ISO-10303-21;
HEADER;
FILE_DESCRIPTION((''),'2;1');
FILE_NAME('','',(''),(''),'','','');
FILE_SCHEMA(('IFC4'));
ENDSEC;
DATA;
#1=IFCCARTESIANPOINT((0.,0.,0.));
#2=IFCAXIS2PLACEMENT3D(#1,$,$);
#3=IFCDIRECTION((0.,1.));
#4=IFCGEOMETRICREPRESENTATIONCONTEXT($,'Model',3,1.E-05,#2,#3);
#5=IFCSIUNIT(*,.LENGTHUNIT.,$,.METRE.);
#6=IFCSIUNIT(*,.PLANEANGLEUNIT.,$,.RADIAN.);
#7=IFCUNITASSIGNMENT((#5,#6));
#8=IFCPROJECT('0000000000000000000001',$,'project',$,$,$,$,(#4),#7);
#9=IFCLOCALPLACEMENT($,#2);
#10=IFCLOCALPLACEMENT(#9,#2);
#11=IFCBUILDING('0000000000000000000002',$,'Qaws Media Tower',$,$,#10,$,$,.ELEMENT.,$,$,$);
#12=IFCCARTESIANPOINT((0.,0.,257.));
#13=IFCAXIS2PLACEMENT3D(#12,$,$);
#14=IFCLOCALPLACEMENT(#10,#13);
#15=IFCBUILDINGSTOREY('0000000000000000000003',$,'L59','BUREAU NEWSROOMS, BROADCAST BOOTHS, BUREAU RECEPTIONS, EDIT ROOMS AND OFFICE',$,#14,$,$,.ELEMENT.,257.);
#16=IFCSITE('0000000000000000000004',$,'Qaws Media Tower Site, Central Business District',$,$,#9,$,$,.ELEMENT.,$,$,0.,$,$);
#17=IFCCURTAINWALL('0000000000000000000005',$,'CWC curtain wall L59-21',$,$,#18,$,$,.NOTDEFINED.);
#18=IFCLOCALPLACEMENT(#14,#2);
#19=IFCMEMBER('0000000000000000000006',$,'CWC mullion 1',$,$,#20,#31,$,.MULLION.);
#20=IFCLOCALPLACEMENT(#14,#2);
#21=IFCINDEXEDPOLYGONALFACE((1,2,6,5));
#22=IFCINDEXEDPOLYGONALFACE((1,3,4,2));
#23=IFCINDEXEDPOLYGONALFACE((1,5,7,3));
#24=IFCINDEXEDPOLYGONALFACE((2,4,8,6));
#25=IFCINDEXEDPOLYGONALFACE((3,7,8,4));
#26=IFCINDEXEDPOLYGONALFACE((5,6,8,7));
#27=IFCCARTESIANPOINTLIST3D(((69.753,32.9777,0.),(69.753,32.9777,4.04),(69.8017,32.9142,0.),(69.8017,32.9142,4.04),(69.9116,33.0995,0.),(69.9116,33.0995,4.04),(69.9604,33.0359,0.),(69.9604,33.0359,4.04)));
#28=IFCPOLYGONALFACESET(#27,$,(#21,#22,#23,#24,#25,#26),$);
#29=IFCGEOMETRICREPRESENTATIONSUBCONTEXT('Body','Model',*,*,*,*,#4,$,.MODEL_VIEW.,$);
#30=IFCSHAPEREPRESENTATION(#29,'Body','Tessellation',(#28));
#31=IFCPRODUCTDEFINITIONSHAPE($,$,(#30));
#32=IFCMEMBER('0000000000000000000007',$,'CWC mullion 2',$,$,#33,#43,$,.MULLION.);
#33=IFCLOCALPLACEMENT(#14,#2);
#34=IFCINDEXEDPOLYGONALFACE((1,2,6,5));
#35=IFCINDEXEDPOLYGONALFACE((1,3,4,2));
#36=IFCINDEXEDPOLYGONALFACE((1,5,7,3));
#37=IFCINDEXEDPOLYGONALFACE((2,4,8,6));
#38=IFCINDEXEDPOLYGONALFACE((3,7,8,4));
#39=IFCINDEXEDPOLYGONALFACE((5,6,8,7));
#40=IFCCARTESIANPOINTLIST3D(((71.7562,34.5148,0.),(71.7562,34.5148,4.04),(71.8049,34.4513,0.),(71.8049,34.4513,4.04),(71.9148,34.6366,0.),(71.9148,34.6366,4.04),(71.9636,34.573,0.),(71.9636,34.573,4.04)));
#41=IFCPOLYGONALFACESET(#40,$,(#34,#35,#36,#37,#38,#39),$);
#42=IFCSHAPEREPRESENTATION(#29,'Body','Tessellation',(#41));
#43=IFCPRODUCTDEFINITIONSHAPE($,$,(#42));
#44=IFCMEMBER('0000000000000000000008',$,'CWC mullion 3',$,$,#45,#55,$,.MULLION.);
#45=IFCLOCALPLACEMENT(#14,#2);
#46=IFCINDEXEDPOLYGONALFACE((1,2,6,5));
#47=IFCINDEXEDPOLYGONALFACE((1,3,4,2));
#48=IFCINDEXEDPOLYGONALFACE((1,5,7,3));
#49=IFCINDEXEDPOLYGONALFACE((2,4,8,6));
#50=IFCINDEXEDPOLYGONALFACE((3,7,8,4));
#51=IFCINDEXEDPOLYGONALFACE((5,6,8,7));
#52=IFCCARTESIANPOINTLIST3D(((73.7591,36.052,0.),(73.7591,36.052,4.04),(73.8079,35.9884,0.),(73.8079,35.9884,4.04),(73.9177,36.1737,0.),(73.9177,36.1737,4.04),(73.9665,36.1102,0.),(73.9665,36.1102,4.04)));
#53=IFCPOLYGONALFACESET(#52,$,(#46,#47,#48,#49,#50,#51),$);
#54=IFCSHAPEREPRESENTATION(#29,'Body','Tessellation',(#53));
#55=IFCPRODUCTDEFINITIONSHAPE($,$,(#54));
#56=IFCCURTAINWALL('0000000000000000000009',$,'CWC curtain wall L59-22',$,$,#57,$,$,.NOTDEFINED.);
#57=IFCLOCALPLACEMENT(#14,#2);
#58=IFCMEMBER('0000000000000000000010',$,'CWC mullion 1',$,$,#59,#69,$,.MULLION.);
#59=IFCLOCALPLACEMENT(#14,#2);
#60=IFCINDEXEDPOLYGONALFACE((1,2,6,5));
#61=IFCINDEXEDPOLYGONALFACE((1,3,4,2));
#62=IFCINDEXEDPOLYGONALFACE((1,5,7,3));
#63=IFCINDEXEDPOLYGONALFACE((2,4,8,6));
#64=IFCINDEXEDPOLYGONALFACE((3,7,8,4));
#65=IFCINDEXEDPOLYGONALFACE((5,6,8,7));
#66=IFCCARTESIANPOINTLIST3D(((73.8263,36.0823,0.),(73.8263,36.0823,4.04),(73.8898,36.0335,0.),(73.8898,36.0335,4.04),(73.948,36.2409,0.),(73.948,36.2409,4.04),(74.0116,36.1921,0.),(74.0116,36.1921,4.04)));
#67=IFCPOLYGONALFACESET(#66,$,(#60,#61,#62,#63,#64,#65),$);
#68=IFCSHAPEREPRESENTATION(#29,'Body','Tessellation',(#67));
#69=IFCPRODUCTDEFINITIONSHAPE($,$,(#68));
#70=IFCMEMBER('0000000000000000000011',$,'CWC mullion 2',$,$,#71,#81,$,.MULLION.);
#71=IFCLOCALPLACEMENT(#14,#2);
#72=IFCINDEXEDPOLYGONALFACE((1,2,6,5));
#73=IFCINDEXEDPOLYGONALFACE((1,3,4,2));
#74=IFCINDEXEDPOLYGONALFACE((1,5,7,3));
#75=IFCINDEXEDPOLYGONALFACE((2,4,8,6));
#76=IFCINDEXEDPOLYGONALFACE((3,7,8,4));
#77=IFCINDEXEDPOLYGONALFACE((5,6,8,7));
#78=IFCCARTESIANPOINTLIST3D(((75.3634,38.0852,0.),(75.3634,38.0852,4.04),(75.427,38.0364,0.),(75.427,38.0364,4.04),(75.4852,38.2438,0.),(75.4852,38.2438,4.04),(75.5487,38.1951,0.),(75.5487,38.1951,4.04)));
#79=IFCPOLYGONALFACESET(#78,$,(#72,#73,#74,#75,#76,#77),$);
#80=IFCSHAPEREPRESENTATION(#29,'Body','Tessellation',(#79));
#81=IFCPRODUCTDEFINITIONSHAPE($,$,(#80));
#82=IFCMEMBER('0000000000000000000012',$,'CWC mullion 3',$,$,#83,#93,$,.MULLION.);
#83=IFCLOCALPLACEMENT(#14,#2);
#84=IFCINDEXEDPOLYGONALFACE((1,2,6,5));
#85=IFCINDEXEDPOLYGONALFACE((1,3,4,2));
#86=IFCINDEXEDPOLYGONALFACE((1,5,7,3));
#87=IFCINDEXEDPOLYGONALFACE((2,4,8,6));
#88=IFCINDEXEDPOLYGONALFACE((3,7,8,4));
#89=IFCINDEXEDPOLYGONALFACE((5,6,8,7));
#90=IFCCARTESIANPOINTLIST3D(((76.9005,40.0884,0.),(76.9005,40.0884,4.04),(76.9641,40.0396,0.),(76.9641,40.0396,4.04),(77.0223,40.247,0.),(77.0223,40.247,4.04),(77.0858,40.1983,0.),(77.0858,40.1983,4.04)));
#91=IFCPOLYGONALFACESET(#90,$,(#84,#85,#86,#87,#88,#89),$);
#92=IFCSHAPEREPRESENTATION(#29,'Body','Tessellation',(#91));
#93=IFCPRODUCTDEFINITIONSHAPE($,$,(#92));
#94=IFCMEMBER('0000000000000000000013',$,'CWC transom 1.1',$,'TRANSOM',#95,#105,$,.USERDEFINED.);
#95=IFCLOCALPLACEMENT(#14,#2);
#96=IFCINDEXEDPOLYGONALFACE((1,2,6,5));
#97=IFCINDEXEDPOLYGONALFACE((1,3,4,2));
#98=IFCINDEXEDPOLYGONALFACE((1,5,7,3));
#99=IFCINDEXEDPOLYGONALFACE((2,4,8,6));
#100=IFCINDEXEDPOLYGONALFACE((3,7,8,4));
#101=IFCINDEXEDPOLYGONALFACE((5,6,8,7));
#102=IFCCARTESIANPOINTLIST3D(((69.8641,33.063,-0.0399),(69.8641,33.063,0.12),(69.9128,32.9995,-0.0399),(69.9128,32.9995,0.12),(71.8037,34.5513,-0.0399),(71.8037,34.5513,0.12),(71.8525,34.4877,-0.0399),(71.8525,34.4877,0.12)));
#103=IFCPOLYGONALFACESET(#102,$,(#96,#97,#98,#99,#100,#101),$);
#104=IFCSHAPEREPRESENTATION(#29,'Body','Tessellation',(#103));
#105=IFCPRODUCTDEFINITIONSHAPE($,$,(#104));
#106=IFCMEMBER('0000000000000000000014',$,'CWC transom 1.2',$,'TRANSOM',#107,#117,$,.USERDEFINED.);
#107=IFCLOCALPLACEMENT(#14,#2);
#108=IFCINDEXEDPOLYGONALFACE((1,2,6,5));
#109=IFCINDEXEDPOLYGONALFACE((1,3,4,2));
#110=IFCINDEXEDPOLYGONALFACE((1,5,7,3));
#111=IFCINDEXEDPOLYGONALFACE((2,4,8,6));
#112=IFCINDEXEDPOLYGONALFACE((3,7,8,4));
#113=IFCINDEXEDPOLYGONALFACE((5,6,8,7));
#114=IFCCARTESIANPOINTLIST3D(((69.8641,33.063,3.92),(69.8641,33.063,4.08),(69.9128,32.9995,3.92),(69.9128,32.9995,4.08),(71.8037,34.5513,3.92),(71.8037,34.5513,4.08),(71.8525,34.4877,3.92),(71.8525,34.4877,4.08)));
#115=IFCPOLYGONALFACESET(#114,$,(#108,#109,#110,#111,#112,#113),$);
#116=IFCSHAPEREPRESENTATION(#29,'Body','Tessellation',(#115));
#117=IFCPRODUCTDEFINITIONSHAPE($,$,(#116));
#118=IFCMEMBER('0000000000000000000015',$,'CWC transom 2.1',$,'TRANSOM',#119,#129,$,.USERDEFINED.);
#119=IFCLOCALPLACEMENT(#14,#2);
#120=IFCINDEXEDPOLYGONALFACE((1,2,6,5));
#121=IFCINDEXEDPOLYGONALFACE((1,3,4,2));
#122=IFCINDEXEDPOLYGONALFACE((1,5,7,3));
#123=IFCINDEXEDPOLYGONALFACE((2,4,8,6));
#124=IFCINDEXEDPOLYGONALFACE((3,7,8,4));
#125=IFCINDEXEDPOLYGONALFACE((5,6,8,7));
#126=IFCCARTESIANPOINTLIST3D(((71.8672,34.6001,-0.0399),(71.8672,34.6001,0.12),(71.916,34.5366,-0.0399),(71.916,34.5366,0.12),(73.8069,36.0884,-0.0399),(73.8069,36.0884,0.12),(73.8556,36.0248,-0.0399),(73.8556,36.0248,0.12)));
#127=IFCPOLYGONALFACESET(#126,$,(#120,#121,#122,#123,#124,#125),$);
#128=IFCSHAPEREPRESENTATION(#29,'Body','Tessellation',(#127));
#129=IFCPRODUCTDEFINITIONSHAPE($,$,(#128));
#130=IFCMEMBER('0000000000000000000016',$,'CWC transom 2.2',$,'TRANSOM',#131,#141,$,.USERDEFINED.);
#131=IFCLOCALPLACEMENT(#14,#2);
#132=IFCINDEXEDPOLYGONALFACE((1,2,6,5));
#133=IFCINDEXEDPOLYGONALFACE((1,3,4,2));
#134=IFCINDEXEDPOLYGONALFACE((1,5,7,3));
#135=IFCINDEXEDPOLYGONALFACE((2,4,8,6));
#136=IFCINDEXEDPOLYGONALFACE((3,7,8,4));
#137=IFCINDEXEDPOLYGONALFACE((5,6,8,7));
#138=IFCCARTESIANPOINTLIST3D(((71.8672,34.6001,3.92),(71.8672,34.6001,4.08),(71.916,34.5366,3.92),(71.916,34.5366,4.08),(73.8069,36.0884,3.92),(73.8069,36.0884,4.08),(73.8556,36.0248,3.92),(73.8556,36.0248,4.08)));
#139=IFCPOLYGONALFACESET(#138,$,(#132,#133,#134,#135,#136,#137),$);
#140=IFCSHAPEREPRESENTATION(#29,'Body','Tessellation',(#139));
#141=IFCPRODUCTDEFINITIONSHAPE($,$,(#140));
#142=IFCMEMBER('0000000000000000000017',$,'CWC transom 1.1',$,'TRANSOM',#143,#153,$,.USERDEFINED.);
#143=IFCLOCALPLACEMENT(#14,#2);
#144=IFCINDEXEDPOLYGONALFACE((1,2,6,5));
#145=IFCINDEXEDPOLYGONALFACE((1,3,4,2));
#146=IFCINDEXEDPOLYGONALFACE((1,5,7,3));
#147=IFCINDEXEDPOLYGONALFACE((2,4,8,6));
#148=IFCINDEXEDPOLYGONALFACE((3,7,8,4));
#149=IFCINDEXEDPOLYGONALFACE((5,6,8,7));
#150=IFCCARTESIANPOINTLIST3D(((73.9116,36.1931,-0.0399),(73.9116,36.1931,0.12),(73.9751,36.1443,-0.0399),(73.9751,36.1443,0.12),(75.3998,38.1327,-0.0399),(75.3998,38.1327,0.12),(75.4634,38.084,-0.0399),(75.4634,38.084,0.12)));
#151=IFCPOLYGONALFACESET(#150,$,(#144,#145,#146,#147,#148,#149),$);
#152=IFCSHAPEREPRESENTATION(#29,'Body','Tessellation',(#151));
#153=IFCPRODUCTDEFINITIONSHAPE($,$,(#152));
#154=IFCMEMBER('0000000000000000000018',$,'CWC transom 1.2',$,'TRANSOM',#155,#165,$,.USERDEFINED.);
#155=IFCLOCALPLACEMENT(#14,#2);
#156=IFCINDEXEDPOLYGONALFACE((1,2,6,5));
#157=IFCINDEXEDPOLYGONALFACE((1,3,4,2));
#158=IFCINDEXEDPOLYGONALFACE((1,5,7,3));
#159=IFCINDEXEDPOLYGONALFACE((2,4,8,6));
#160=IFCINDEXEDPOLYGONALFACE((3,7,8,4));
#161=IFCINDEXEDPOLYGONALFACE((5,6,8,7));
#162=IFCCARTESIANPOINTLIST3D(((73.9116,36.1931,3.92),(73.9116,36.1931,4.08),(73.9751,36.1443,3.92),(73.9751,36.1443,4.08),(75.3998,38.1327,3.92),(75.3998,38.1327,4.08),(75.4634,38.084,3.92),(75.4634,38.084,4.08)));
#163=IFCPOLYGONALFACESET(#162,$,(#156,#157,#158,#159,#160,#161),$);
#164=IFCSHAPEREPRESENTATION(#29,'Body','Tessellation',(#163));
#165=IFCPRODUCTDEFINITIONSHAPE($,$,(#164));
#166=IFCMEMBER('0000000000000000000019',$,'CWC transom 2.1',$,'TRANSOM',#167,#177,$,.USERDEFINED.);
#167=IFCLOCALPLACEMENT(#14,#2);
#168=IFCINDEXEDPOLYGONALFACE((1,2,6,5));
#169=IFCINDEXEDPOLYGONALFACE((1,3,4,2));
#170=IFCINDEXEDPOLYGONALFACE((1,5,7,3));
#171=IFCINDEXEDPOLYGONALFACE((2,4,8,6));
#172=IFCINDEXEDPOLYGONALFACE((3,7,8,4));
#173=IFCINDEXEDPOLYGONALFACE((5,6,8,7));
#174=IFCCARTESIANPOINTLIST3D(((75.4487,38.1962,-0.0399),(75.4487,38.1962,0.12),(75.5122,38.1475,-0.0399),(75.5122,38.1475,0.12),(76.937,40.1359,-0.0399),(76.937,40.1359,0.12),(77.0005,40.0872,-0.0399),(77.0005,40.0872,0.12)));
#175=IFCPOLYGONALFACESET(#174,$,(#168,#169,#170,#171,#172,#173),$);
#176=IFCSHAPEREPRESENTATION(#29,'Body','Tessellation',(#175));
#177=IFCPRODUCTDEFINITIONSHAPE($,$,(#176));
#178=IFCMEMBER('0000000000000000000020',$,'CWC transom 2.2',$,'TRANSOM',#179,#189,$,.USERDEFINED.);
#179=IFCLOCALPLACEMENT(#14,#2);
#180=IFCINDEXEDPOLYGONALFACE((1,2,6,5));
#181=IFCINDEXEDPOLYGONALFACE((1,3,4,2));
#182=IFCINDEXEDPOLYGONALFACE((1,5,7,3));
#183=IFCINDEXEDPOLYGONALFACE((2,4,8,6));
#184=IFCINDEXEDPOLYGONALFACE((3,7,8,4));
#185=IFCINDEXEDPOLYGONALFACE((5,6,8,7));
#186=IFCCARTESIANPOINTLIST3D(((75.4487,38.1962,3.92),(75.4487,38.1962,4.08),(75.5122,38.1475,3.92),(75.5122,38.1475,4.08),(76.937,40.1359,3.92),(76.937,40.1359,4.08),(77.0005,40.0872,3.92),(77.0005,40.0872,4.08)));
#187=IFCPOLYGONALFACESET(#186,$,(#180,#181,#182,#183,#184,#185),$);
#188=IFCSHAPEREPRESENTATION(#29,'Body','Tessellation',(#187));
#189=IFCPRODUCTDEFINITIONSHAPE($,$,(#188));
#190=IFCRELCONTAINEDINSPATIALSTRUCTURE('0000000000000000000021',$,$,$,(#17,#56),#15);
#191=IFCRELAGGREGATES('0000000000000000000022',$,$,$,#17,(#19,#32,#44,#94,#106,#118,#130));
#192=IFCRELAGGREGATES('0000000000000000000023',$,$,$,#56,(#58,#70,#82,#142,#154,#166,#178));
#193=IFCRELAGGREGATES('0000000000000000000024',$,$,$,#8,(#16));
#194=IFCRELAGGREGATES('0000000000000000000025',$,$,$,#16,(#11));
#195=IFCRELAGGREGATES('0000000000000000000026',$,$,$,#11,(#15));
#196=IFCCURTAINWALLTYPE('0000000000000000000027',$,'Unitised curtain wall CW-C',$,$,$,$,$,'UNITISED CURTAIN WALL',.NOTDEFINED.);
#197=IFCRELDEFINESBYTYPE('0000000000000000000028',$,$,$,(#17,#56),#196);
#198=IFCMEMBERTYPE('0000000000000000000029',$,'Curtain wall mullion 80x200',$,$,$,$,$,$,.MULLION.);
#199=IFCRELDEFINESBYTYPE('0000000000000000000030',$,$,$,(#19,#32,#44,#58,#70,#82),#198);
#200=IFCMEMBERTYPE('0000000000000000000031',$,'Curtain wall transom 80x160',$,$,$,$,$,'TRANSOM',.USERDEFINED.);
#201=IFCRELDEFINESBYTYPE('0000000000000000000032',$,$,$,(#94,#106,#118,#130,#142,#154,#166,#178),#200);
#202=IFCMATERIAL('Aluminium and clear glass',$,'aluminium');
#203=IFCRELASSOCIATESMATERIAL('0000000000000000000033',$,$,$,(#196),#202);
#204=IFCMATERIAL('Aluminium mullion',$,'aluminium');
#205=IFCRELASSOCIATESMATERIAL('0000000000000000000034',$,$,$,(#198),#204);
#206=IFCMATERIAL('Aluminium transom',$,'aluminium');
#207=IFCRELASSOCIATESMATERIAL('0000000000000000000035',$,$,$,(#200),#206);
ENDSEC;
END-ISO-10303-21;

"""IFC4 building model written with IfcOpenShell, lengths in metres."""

from ifc_helpers import new_model, si_unit, direction, frame, origin, origin_2d, place, context, subcontext, project, spatial, rectangle, extrude, material, material_profile, profile_set, type_object, element, aggregate, save


model = new_model("IFC4")

# Units and contexts
model_context = context("Model", 3, precision=1e-05, world=origin(), true_north=direction((0.0, 1.0)))
body_context = subcontext(model_context, "Body", "Model", "MODEL_VIEW")
ifc_project = project(units=[si_unit("LENGTHUNIT", "METRE"), si_unit("PLANEANGLEUNIT", "RADIAN")], contexts=[model_context])

# Site, building, storey
site_placement = place(None, origin())
site = spatial("IfcSite", under=ifc_project, at=site_placement, Name="Qaws Media Tower Site, Central Business District", CompositionType="ELEMENT", RefElevation=0.0)
building_placement = place(site_placement, origin())
building = spatial("IfcBuilding", under=site, at=building_placement, Name="Qaws Media Tower", CompositionType="ELEMENT")
storey_placement = place(building_placement, frame((0.0, 0.0, 257.0)))
storey = spatial("IfcBuildingStorey", under=building, at=storey_placement, Name="L59", Description="BUREAU NEWSROOMS, BROADCAST BOOTHS, BUREAU RECEPTIONS, EDIT ROOMS AND OFFICE", CompositionType="ELEMENT", Elevation=257.0)

# Curtain walls, members
ifc_material_1 = material(Name="Aluminium and clear glass", Category="aluminium")
curtain_wall_type = type_object("IfcCurtainWallType", Name="Unitised curtain wall CW-C", ElementType="UNITISED CURTAIN WALL", PredefinedType="NOTDEFINED", material=ifc_material_1)
curtain_wall_1_placement = place(storey_placement, origin())
curtain_wall_1 = element("IfcCurtainWall", 1, at=curtain_wall_1_placement, inside=storey, type_object=curtain_wall_type, Name="CWC curtain wall L59-21", PredefinedType="NOTDEFINED")
ifc_material_2 = material(Name="Aluminium mullion", Category="aluminium")
ifc_material_profile_1 = material_profile(ifc_material_2, rectangle(XDim=0.0801, YDim=0.2, at=origin_2d()), Name="80x200")
ifc_profile_set_1 = profile_set([ifc_material_profile_1], Name="Aluminium mullion")
member_type_1 = type_object("IfcMemberType", Name="Curtain wall mullion 80x200", PredefinedType="MULLION", material=ifc_profile_set_1)
member_1_placement = place(storey_placement, frame((69.8567, 33.0068, 0.0), z_axis=(0.0, 0.0, 1.0), x_axis=(-0.608761, 0.793353, 0.0)))
member_1 = element("IfcMember", 2, at=member_1_placement, type_object=member_type_1, Name="CWC mullion 1", PredefinedType="MULLION", context=body_context, shape_type="SweptSolid", body=[
    extrude(rectangle(XDim=0.0801, YDim=0.2, at=origin_2d()), origin(), (0.0, 0.0, 1.0), 4.04),
])
member_2_placement = place(storey_placement, frame((71.8599, 34.5439, 0.0), z_axis=(0.0, 0.0, 1.0), x_axis=(-0.608761, 0.793353, 0.0)))
member_2 = element("IfcMember", 3, at=member_2_placement, type_object=member_type_1, Name="CWC mullion 2", PredefinedType="MULLION", context=body_context, shape_type="SweptSolid", body=[
    extrude(rectangle(XDim=0.0801, YDim=0.2, at=origin_2d()), origin(), (0.0, 0.0, 1.0), 4.04),
])
member_3_placement = place(storey_placement, frame((73.8628, 36.0811, 0.0), z_axis=(0.0, 0.0, 1.0), x_axis=(-0.608761, 0.793353, 0.0)))
member_3 = element("IfcMember", 4, at=member_3_placement, type_object=member_type_1, Name="CWC mullion 3", PredefinedType="MULLION", context=body_context, shape_type="SweptSolid", body=[
    extrude(rectangle(XDim=0.0801, YDim=0.2, at=origin_2d()), origin(), (0.0, 0.0, 1.0), 4.04),
])
curtain_wall_2_placement = place(storey_placement, origin())
curtain_wall_2 = element("IfcCurtainWall", 5, at=curtain_wall_2_placement, inside=storey, type_object=curtain_wall_type, Name="CWC curtain wall L59-22", PredefinedType="NOTDEFINED")
member_4_placement = place(storey_placement, frame((73.9189, 36.1372, 0.0), z_axis=(0.0, 0.0, 1.0), x_axis=(-0.793353, 0.608761, 0.0)))
member_4 = element("IfcMember", 6, at=member_4_placement, type_object=member_type_1, Name="CWC mullion 1", PredefinedType="MULLION", context=body_context, shape_type="SweptSolid", body=[
    extrude(rectangle(XDim=0.0801, YDim=0.2, at=origin_2d()), origin(), (0.0, 0.0, 1.0), 4.04),
])
member_5_placement = place(storey_placement, frame((75.4561, 38.1401, 0.0), z_axis=(0.0, 0.0, 1.0), x_axis=(-0.793353, 0.608761, 0.0)))
member_5 = element("IfcMember", 7, at=member_5_placement, type_object=member_type_1, Name="CWC mullion 2", PredefinedType="MULLION", context=body_context, shape_type="SweptSolid", body=[
    extrude(rectangle(XDim=0.0801, YDim=0.2, at=origin_2d()), origin(), (0.0, 0.0, 1.0), 4.04),
])
member_6_placement = place(storey_placement, frame((76.9932, 40.1433, 0.0), z_axis=(0.0, 0.0, 1.0), x_axis=(-0.793353, 0.608761, 0.0)))
member_6 = element("IfcMember", 8, at=member_6_placement, type_object=member_type_1, Name="CWC mullion 3", PredefinedType="MULLION", context=body_context, shape_type="SweptSolid", body=[
    extrude(rectangle(XDim=0.0801, YDim=0.2, at=origin_2d()), origin(), (0.0, 0.0, 1.0), 4.04),
])

# Members
ifc_material_3 = material(Name="Aluminium transom", Category="aluminium")
ifc_material_profile_2 = material_profile(ifc_material_3, rectangle(XDim=0.0801, YDim=0.1599, at=origin_2d()), Name="80x160")
ifc_profile_set_2 = profile_set([ifc_material_profile_2], Name="Aluminium transom")
member_type_2 = type_object("IfcMemberType", Name="Curtain wall transom 80x160", ElementType="TRANSOM", PredefinedType="USERDEFINED", material=ifc_profile_set_2)
member_7_placement = place(storey_placement, frame((69.8884, 33.0312, 0.04), z_axis=(0.793373, 0.608735, 0.0), x_axis=(-0.608735, 0.793373, 0.0)))
member_7 = element("IfcMember", 9, at=member_7_placement, type_object=member_type_2, Name="CWC transom 1.1", ObjectType="TRANSOM", PredefinedType="USERDEFINED", context=body_context, shape_type="SweptSolid", body=[
    extrude(rectangle(XDim=0.0801, YDim=0.1599, at=origin_2d()), origin(), (0.0, 0.0, 1.0), 2.4448),
])
member_8_placement = place(storey_placement, frame((69.8884, 33.0312, 4.0), z_axis=(0.793373, 0.608735, 0.0), x_axis=(-0.608735, 0.793373, 0.0)))
member_8 = element("IfcMember", 10, at=member_8_placement, type_object=member_type_2, Name="CWC transom 1.2", ObjectType="TRANSOM", PredefinedType="USERDEFINED", context=body_context, shape_type="SweptSolid", body=[
    extrude(rectangle(XDim=0.0801, YDim=0.1599, at=origin_2d()), origin(), (0.0, 0.0, 1.0), 2.4448),
])
member_9_placement = place(storey_placement, frame((71.8916, 34.5684, 0.04), z_axis=(0.793373, 0.608735, 0.0), x_axis=(-0.608735, 0.793373, 0.0)))
member_9 = element("IfcMember", 11, at=member_9_placement, type_object=member_type_2, Name="CWC transom 2.1", ObjectType="TRANSOM", PredefinedType="USERDEFINED", context=body_context, shape_type="SweptSolid", body=[
    extrude(rectangle(XDim=0.0801, YDim=0.1599, at=origin_2d()), origin(), (0.0, 0.0, 1.0), 2.4448),
])
member_10_placement = place(storey_placement, frame((71.8916, 34.5684, 4.0), z_axis=(0.793373, 0.608735, 0.0), x_axis=(-0.608735, 0.793373, 0.0)))
member_10 = element("IfcMember", 12, at=member_10_placement, type_object=member_type_2, Name="CWC transom 2.2", ObjectType="TRANSOM", PredefinedType="USERDEFINED", context=body_context, shape_type="SweptSolid", body=[
    extrude(rectangle(XDim=0.0801, YDim=0.1599, at=origin_2d()), origin(), (0.0, 0.0, 1.0), 2.4448),
])
member_11_placement = place(storey_placement, frame((73.9434, 36.1687, 0.04), z_axis=(0.608735, 0.793373, 0.0), x_axis=(-0.793373, 0.608735, 0.0)))
member_11 = element("IfcMember", 13, at=member_11_placement, type_object=member_type_2, Name="CWC transom 1.1", ObjectType="TRANSOM", PredefinedType="USERDEFINED", context=body_context, shape_type="SweptSolid", body=[
    extrude(rectangle(XDim=0.0801, YDim=0.1599, at=origin_2d()), origin(), (0.0, 0.0, 1.0), 2.4448),
])
member_12_placement = place(storey_placement, frame((73.9434, 36.1687, 4.0), z_axis=(0.608735, 0.793373, 0.0), x_axis=(-0.793373, 0.608735, 0.0)))
member_12 = element("IfcMember", 14, at=member_12_placement, type_object=member_type_2, Name="CWC transom 1.2", ObjectType="TRANSOM", PredefinedType="USERDEFINED", context=body_context, shape_type="SweptSolid", body=[
    extrude(rectangle(XDim=0.0801, YDim=0.1599, at=origin_2d()), origin(), (0.0, 0.0, 1.0), 2.4448),
])
member_13_placement = place(storey_placement, frame((75.4805, 38.1719, 0.04), z_axis=(0.608735, 0.793373, 0.0), x_axis=(-0.793373, 0.608735, 0.0)))
member_13 = element("IfcMember", 15, at=member_13_placement, type_object=member_type_2, Name="CWC transom 2.1", ObjectType="TRANSOM", PredefinedType="USERDEFINED", context=body_context, shape_type="SweptSolid", body=[
    extrude(rectangle(XDim=0.0801, YDim=0.1599, at=origin_2d()), origin(), (0.0, 0.0, 1.0), 2.4448),
])
member_14_placement = place(storey_placement, frame((75.4805, 38.1719, 4.0), z_axis=(0.608735, 0.793373, 0.0), x_axis=(-0.793373, 0.608735, 0.0)))
member_14 = element("IfcMember", 16, at=member_14_placement, type_object=member_type_2, Name="CWC transom 2.2", ObjectType="TRANSOM", PredefinedType="USERDEFINED", context=body_context, shape_type="SweptSolid", body=[
    extrude(rectangle(XDim=0.0801, YDim=0.1599, at=origin_2d()), origin(), (0.0, 0.0, 1.0), 2.4448),
])

aggregate(curtain_wall_1, [member_1, member_2, member_3, member_7, member_8, member_9, member_10])
aggregate(curtain_wall_2, [member_4, member_5, member_6, member_11, member_12, member_13, member_14])

save(model, "model.ifc")
